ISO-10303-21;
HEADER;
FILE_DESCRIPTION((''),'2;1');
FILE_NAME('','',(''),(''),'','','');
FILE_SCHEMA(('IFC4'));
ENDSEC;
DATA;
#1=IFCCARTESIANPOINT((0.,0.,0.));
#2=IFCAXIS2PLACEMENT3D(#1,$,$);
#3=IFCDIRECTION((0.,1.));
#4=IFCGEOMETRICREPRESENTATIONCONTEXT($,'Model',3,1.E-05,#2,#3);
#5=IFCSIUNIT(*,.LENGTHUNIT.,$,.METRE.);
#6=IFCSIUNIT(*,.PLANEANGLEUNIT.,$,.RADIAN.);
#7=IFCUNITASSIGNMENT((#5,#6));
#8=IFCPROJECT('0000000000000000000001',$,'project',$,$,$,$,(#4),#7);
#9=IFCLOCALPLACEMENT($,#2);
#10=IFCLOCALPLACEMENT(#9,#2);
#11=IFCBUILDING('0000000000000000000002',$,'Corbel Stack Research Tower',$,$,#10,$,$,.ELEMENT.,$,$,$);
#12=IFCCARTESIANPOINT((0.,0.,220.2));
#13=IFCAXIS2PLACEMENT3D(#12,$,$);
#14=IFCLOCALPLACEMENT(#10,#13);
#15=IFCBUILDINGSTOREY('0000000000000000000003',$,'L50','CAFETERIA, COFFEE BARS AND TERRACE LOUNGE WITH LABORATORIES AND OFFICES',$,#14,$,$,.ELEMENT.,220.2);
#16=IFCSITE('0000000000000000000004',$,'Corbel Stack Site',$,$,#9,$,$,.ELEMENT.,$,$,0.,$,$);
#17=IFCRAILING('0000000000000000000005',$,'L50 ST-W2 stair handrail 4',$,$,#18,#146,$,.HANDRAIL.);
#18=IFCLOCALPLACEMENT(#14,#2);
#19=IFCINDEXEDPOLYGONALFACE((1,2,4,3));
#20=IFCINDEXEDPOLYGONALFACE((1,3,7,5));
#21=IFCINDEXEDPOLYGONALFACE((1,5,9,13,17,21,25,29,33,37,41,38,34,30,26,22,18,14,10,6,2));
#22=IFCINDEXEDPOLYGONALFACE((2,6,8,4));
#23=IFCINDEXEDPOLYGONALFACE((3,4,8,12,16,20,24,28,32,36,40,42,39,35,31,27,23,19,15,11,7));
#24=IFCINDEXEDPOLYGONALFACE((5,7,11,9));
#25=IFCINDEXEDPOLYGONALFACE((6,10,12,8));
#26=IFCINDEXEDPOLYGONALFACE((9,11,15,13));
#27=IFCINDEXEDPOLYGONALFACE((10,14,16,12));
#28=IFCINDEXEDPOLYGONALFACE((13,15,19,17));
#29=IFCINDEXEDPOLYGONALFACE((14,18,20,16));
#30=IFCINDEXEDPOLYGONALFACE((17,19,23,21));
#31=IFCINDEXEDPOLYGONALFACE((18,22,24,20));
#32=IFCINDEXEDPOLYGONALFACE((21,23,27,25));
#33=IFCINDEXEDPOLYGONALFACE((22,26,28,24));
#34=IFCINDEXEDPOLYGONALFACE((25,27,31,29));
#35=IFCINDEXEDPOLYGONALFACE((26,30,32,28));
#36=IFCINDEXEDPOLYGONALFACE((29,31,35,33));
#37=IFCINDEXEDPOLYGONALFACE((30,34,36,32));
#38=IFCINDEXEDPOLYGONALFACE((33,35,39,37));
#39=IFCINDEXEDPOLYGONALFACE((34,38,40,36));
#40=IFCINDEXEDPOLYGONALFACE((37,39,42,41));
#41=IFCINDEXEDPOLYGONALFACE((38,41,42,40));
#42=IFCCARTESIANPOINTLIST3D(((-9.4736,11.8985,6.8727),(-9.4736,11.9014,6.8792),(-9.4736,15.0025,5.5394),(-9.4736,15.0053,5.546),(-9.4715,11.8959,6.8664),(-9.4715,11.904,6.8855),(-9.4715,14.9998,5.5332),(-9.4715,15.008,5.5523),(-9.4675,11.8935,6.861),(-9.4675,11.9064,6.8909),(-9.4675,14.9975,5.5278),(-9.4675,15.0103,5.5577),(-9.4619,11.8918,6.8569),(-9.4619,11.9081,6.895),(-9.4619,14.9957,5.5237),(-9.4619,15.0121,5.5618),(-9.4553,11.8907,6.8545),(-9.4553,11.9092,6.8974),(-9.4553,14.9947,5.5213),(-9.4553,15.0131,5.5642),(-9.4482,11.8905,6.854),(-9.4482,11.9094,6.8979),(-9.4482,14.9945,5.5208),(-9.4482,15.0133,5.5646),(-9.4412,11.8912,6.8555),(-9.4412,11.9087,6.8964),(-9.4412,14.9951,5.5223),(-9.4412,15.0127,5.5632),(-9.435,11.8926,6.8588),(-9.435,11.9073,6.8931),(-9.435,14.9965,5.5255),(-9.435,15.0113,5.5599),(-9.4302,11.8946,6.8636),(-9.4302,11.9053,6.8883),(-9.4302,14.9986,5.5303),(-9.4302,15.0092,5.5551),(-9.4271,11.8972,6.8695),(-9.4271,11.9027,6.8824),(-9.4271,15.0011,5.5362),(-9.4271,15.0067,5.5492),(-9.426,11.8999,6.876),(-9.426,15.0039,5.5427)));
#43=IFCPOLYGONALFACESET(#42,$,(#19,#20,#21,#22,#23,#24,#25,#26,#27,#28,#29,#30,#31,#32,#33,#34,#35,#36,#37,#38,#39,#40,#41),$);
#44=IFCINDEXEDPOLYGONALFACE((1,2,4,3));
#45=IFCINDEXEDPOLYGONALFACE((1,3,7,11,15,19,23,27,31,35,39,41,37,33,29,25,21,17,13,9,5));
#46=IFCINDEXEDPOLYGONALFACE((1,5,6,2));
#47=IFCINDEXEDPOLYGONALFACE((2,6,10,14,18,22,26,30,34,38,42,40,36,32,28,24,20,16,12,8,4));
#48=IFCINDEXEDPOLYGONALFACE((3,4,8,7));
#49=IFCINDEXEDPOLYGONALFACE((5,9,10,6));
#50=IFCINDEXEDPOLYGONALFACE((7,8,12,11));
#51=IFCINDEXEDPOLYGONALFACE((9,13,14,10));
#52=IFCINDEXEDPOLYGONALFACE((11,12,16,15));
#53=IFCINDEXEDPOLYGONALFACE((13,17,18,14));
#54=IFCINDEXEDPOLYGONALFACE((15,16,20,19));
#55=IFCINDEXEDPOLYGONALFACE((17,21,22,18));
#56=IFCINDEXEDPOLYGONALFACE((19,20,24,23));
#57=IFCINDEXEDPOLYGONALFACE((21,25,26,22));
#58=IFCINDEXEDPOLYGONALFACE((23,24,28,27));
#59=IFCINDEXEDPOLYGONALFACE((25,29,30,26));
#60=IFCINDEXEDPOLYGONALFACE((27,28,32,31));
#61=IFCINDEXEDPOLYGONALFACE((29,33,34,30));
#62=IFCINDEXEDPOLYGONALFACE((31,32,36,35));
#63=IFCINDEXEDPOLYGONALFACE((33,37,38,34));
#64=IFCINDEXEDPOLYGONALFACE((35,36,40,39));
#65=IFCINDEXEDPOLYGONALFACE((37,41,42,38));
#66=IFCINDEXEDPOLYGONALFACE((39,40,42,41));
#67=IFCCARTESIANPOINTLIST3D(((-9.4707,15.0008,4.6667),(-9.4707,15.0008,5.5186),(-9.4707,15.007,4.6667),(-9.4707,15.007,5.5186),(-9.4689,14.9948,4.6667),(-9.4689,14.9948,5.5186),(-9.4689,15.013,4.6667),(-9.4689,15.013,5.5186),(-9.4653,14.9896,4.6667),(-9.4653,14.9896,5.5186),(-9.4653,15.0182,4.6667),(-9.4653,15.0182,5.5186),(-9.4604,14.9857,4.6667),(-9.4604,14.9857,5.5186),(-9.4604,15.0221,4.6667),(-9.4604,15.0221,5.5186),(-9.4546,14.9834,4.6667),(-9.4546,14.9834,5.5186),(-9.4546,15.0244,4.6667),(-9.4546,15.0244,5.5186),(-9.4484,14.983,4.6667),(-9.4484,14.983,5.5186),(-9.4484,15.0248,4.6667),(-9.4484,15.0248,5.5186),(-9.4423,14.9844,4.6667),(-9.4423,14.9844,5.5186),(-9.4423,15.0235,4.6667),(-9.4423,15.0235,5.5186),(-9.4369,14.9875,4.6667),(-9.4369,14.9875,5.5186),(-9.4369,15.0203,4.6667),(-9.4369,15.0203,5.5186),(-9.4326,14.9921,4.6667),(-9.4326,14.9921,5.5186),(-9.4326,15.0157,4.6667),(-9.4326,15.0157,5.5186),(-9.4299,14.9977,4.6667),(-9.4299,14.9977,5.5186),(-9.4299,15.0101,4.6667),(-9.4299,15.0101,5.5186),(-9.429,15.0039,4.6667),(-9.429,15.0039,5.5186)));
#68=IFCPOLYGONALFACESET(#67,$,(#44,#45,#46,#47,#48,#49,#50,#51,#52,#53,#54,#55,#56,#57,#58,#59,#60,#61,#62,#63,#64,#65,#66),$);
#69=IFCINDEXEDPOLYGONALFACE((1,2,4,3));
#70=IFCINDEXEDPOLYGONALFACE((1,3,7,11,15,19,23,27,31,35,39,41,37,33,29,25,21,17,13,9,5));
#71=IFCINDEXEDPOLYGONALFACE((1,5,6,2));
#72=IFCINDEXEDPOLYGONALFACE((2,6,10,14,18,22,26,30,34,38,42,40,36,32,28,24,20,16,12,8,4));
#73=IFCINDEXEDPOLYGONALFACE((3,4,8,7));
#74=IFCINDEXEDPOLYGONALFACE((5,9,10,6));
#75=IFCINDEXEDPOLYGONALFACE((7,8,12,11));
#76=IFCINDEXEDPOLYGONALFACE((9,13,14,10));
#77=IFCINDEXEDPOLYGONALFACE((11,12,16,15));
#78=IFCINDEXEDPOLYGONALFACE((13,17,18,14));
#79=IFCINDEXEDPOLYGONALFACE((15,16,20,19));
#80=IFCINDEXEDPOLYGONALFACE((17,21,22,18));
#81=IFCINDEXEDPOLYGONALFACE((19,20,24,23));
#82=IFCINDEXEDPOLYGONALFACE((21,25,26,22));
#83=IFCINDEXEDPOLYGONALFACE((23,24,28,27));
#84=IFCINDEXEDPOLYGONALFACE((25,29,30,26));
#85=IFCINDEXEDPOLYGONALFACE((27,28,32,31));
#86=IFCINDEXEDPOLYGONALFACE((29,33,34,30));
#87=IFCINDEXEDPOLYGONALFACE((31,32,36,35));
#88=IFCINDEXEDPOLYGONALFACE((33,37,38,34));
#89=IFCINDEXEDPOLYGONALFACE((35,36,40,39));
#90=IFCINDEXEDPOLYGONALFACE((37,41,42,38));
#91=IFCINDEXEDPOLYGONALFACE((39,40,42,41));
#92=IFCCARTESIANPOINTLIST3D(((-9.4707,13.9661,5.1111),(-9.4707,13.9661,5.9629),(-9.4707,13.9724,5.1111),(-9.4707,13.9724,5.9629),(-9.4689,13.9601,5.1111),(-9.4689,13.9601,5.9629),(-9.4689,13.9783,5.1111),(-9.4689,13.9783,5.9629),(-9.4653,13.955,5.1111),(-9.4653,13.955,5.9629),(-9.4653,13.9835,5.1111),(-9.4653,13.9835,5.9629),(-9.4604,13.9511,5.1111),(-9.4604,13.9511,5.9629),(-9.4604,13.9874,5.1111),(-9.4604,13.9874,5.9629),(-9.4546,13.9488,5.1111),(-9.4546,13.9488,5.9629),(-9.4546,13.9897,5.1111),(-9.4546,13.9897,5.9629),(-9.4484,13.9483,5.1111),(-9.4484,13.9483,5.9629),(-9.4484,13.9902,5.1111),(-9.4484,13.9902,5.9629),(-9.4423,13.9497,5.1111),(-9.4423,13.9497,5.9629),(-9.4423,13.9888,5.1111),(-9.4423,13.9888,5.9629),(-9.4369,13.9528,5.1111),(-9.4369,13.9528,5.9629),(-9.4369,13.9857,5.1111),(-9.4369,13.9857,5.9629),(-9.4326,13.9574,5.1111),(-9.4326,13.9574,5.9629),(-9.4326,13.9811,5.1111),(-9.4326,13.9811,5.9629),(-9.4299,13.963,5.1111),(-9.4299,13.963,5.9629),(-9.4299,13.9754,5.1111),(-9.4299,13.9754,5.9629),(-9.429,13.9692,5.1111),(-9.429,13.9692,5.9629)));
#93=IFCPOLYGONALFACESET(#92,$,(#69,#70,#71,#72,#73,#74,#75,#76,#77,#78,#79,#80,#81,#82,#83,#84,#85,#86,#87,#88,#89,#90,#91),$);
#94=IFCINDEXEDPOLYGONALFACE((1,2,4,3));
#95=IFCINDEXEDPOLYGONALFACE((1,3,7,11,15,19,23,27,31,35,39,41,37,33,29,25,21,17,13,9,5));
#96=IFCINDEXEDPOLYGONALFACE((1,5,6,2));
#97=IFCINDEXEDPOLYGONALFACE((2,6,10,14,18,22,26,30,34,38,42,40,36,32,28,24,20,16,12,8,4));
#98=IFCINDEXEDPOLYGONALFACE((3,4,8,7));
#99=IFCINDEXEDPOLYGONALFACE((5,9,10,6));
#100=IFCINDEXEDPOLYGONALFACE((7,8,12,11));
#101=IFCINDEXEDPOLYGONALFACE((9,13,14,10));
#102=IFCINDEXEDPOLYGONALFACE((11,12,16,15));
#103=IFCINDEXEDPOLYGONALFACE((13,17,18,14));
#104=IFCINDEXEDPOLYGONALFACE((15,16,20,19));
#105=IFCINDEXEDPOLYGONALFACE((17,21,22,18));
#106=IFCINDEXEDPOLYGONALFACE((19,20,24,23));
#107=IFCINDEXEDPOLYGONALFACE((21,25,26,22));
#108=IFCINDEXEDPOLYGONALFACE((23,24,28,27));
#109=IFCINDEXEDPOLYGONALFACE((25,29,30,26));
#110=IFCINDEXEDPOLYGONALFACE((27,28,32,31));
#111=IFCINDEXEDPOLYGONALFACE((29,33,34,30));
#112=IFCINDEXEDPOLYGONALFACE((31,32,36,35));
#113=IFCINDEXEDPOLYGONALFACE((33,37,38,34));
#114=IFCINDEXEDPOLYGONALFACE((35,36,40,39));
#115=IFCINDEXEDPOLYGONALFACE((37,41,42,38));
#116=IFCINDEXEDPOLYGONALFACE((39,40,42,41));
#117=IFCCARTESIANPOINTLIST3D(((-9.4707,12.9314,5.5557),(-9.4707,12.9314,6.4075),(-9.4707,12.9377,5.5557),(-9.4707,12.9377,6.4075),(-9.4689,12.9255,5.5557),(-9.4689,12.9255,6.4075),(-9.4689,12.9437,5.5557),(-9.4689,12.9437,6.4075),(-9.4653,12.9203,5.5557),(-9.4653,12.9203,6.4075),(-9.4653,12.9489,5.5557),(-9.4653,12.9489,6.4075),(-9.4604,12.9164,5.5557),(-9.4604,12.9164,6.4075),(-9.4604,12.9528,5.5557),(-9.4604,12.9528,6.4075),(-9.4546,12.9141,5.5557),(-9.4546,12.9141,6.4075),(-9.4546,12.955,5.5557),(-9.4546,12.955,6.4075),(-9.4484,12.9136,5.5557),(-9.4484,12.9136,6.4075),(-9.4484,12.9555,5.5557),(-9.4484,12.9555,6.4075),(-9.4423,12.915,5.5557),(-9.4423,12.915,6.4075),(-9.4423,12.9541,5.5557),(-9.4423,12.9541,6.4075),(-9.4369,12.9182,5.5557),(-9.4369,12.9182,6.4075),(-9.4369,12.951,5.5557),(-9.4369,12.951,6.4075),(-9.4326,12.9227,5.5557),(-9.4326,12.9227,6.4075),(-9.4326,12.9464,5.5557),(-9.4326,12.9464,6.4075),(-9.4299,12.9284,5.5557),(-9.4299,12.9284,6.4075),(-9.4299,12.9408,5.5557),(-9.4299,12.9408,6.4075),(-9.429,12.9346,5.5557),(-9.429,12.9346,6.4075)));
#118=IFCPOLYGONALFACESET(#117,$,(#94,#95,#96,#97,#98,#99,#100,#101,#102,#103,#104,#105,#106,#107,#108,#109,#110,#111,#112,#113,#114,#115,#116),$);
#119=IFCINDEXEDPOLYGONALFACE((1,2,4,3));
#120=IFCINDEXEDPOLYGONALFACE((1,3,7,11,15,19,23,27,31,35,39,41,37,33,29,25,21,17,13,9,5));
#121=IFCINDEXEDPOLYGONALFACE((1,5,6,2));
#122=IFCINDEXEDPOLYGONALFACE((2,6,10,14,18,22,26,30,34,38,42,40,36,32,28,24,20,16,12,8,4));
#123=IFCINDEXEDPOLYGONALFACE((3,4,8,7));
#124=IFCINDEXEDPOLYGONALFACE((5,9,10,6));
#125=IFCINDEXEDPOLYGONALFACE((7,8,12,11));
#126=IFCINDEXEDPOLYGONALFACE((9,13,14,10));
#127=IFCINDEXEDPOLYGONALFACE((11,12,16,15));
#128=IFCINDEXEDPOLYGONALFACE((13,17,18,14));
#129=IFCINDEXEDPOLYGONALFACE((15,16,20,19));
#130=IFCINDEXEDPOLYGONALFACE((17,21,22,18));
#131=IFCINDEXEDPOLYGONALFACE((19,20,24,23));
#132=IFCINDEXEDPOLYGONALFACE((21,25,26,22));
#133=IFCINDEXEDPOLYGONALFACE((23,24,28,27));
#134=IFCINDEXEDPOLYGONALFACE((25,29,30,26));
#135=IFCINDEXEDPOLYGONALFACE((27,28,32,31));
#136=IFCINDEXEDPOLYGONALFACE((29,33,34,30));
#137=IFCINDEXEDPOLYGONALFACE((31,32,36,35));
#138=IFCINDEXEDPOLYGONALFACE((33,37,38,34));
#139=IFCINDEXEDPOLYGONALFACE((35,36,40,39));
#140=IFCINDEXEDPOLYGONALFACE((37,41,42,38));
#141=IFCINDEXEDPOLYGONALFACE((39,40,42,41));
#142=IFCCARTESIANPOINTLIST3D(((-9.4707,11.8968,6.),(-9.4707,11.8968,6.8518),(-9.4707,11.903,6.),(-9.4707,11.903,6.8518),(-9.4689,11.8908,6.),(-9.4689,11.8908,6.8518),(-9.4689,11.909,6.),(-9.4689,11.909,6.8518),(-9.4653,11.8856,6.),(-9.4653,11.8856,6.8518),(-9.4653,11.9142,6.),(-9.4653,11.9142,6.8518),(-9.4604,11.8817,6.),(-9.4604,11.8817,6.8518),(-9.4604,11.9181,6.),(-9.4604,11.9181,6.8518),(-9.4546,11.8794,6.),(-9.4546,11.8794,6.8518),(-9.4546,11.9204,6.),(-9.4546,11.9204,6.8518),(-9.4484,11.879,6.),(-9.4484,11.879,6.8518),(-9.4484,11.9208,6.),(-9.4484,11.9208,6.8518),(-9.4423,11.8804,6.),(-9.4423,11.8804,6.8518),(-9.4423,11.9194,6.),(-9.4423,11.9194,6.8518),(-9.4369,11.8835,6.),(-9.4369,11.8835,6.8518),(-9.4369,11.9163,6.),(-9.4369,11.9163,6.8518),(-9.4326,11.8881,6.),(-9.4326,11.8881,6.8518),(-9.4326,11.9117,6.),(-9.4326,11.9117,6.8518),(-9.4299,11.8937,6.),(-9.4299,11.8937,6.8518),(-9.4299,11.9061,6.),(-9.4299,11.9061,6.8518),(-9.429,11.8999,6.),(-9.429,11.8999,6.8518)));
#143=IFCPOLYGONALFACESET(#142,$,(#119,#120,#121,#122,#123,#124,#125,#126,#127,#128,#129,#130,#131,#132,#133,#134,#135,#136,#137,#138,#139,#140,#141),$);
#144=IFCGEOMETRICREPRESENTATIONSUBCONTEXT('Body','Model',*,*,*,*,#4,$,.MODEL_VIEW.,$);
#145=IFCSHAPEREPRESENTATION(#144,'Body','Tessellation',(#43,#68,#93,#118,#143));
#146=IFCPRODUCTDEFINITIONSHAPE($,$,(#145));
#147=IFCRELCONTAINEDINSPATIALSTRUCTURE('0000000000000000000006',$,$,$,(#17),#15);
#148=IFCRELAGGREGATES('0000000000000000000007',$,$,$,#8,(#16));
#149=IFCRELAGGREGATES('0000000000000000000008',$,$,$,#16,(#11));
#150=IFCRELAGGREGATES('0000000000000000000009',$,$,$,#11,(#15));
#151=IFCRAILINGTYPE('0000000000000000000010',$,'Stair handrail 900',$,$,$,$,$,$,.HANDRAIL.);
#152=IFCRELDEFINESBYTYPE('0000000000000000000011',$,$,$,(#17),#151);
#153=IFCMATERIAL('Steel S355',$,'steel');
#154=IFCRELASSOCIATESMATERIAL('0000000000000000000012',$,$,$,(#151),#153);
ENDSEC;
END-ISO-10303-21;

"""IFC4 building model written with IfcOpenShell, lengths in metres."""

from ifc_helpers import new_model, si_unit, direction, frame, origin, origin_2d, place, context, subcontext, project, spatial, circle, extrude, material, type_object, element, save


model = new_model("IFC4")

# Units and contexts
model_context = context("Model", 3, precision=1e-05, world=origin(), true_north=direction((0.0, 1.0)))
body_context = subcontext(model_context, "Body", "Model", "MODEL_VIEW")
ifc_project = project(units=[si_unit("LENGTHUNIT", "METRE"), si_unit("PLANEANGLEUNIT", "RADIAN")], contexts=[model_context])

# Site, building, storey
site_placement = place(None, origin())
site = spatial("IfcSite", under=ifc_project, at=site_placement, Name="Corbel Stack Site", CompositionType="ELEMENT", RefElevation=0.0)
building_placement = place(site_placement, origin())
building = spatial("IfcBuilding", under=site, at=building_placement, Name="Corbel Stack Research Tower", CompositionType="ELEMENT")
storey_placement = place(building_placement, frame((0.0, 0.0, 220.2)))
storey = spatial("IfcBuildingStorey", under=building, at=storey_placement, Name="L50", Description="CAFETERIA, COFFEE BARS AND TERRACE LOUNGE WITH LABORATORIES AND OFFICES", CompositionType="ELEMENT", Elevation=220.2)

# Railing
ifc_material_1 = material(Name="Steel S355", Category="steel")
railing_type_1 = type_object("IfcRailingType", Name="Stair handrail 900", PredefinedType="HANDRAIL", material=ifc_material_1)
railing_1_placement = place(storey_placement, frame((-9.45, 15.0039, 4.6667)))
element("IfcRailing", 1, at=railing_1_placement, inside=storey, type_object=railing_type_1, Name="L50 ST-W2 stair handrail 4", PredefinedType="HANDRAIL", context=body_context, shape_type="SweptSolid", body=[
    extrude(circle(Radius=0.0239, at=origin_2d()), frame((0.0, 0.0, 0.876), z_axis=(0.0, -0.918827, 0.394661), x_axis=(1.0, 0.0, 0.0)), (0.0, 0.0, 1.0), 3.3782),
    extrude(circle(Radius=0.021, at=origin_2d()), origin(), (0.0, 0.0, 1.0), 0.8518),
    extrude(circle(Radius=0.021, at=origin_2d()), frame((0.0, -1.0347, 0.4443)), (0.0, 0.0, 1.0), 0.8518),
    extrude(circle(Radius=0.021, at=origin_2d()), frame((0.0, -2.0693, 0.8889)), (0.0, 0.0, 1.0), 0.8518),
    extrude(circle(Radius=0.021, at=origin_2d()), frame((0.0, -3.104, 1.3333)), (0.0, 0.0, 1.0), 0.8518),
])

save(model, "model.ifc")
